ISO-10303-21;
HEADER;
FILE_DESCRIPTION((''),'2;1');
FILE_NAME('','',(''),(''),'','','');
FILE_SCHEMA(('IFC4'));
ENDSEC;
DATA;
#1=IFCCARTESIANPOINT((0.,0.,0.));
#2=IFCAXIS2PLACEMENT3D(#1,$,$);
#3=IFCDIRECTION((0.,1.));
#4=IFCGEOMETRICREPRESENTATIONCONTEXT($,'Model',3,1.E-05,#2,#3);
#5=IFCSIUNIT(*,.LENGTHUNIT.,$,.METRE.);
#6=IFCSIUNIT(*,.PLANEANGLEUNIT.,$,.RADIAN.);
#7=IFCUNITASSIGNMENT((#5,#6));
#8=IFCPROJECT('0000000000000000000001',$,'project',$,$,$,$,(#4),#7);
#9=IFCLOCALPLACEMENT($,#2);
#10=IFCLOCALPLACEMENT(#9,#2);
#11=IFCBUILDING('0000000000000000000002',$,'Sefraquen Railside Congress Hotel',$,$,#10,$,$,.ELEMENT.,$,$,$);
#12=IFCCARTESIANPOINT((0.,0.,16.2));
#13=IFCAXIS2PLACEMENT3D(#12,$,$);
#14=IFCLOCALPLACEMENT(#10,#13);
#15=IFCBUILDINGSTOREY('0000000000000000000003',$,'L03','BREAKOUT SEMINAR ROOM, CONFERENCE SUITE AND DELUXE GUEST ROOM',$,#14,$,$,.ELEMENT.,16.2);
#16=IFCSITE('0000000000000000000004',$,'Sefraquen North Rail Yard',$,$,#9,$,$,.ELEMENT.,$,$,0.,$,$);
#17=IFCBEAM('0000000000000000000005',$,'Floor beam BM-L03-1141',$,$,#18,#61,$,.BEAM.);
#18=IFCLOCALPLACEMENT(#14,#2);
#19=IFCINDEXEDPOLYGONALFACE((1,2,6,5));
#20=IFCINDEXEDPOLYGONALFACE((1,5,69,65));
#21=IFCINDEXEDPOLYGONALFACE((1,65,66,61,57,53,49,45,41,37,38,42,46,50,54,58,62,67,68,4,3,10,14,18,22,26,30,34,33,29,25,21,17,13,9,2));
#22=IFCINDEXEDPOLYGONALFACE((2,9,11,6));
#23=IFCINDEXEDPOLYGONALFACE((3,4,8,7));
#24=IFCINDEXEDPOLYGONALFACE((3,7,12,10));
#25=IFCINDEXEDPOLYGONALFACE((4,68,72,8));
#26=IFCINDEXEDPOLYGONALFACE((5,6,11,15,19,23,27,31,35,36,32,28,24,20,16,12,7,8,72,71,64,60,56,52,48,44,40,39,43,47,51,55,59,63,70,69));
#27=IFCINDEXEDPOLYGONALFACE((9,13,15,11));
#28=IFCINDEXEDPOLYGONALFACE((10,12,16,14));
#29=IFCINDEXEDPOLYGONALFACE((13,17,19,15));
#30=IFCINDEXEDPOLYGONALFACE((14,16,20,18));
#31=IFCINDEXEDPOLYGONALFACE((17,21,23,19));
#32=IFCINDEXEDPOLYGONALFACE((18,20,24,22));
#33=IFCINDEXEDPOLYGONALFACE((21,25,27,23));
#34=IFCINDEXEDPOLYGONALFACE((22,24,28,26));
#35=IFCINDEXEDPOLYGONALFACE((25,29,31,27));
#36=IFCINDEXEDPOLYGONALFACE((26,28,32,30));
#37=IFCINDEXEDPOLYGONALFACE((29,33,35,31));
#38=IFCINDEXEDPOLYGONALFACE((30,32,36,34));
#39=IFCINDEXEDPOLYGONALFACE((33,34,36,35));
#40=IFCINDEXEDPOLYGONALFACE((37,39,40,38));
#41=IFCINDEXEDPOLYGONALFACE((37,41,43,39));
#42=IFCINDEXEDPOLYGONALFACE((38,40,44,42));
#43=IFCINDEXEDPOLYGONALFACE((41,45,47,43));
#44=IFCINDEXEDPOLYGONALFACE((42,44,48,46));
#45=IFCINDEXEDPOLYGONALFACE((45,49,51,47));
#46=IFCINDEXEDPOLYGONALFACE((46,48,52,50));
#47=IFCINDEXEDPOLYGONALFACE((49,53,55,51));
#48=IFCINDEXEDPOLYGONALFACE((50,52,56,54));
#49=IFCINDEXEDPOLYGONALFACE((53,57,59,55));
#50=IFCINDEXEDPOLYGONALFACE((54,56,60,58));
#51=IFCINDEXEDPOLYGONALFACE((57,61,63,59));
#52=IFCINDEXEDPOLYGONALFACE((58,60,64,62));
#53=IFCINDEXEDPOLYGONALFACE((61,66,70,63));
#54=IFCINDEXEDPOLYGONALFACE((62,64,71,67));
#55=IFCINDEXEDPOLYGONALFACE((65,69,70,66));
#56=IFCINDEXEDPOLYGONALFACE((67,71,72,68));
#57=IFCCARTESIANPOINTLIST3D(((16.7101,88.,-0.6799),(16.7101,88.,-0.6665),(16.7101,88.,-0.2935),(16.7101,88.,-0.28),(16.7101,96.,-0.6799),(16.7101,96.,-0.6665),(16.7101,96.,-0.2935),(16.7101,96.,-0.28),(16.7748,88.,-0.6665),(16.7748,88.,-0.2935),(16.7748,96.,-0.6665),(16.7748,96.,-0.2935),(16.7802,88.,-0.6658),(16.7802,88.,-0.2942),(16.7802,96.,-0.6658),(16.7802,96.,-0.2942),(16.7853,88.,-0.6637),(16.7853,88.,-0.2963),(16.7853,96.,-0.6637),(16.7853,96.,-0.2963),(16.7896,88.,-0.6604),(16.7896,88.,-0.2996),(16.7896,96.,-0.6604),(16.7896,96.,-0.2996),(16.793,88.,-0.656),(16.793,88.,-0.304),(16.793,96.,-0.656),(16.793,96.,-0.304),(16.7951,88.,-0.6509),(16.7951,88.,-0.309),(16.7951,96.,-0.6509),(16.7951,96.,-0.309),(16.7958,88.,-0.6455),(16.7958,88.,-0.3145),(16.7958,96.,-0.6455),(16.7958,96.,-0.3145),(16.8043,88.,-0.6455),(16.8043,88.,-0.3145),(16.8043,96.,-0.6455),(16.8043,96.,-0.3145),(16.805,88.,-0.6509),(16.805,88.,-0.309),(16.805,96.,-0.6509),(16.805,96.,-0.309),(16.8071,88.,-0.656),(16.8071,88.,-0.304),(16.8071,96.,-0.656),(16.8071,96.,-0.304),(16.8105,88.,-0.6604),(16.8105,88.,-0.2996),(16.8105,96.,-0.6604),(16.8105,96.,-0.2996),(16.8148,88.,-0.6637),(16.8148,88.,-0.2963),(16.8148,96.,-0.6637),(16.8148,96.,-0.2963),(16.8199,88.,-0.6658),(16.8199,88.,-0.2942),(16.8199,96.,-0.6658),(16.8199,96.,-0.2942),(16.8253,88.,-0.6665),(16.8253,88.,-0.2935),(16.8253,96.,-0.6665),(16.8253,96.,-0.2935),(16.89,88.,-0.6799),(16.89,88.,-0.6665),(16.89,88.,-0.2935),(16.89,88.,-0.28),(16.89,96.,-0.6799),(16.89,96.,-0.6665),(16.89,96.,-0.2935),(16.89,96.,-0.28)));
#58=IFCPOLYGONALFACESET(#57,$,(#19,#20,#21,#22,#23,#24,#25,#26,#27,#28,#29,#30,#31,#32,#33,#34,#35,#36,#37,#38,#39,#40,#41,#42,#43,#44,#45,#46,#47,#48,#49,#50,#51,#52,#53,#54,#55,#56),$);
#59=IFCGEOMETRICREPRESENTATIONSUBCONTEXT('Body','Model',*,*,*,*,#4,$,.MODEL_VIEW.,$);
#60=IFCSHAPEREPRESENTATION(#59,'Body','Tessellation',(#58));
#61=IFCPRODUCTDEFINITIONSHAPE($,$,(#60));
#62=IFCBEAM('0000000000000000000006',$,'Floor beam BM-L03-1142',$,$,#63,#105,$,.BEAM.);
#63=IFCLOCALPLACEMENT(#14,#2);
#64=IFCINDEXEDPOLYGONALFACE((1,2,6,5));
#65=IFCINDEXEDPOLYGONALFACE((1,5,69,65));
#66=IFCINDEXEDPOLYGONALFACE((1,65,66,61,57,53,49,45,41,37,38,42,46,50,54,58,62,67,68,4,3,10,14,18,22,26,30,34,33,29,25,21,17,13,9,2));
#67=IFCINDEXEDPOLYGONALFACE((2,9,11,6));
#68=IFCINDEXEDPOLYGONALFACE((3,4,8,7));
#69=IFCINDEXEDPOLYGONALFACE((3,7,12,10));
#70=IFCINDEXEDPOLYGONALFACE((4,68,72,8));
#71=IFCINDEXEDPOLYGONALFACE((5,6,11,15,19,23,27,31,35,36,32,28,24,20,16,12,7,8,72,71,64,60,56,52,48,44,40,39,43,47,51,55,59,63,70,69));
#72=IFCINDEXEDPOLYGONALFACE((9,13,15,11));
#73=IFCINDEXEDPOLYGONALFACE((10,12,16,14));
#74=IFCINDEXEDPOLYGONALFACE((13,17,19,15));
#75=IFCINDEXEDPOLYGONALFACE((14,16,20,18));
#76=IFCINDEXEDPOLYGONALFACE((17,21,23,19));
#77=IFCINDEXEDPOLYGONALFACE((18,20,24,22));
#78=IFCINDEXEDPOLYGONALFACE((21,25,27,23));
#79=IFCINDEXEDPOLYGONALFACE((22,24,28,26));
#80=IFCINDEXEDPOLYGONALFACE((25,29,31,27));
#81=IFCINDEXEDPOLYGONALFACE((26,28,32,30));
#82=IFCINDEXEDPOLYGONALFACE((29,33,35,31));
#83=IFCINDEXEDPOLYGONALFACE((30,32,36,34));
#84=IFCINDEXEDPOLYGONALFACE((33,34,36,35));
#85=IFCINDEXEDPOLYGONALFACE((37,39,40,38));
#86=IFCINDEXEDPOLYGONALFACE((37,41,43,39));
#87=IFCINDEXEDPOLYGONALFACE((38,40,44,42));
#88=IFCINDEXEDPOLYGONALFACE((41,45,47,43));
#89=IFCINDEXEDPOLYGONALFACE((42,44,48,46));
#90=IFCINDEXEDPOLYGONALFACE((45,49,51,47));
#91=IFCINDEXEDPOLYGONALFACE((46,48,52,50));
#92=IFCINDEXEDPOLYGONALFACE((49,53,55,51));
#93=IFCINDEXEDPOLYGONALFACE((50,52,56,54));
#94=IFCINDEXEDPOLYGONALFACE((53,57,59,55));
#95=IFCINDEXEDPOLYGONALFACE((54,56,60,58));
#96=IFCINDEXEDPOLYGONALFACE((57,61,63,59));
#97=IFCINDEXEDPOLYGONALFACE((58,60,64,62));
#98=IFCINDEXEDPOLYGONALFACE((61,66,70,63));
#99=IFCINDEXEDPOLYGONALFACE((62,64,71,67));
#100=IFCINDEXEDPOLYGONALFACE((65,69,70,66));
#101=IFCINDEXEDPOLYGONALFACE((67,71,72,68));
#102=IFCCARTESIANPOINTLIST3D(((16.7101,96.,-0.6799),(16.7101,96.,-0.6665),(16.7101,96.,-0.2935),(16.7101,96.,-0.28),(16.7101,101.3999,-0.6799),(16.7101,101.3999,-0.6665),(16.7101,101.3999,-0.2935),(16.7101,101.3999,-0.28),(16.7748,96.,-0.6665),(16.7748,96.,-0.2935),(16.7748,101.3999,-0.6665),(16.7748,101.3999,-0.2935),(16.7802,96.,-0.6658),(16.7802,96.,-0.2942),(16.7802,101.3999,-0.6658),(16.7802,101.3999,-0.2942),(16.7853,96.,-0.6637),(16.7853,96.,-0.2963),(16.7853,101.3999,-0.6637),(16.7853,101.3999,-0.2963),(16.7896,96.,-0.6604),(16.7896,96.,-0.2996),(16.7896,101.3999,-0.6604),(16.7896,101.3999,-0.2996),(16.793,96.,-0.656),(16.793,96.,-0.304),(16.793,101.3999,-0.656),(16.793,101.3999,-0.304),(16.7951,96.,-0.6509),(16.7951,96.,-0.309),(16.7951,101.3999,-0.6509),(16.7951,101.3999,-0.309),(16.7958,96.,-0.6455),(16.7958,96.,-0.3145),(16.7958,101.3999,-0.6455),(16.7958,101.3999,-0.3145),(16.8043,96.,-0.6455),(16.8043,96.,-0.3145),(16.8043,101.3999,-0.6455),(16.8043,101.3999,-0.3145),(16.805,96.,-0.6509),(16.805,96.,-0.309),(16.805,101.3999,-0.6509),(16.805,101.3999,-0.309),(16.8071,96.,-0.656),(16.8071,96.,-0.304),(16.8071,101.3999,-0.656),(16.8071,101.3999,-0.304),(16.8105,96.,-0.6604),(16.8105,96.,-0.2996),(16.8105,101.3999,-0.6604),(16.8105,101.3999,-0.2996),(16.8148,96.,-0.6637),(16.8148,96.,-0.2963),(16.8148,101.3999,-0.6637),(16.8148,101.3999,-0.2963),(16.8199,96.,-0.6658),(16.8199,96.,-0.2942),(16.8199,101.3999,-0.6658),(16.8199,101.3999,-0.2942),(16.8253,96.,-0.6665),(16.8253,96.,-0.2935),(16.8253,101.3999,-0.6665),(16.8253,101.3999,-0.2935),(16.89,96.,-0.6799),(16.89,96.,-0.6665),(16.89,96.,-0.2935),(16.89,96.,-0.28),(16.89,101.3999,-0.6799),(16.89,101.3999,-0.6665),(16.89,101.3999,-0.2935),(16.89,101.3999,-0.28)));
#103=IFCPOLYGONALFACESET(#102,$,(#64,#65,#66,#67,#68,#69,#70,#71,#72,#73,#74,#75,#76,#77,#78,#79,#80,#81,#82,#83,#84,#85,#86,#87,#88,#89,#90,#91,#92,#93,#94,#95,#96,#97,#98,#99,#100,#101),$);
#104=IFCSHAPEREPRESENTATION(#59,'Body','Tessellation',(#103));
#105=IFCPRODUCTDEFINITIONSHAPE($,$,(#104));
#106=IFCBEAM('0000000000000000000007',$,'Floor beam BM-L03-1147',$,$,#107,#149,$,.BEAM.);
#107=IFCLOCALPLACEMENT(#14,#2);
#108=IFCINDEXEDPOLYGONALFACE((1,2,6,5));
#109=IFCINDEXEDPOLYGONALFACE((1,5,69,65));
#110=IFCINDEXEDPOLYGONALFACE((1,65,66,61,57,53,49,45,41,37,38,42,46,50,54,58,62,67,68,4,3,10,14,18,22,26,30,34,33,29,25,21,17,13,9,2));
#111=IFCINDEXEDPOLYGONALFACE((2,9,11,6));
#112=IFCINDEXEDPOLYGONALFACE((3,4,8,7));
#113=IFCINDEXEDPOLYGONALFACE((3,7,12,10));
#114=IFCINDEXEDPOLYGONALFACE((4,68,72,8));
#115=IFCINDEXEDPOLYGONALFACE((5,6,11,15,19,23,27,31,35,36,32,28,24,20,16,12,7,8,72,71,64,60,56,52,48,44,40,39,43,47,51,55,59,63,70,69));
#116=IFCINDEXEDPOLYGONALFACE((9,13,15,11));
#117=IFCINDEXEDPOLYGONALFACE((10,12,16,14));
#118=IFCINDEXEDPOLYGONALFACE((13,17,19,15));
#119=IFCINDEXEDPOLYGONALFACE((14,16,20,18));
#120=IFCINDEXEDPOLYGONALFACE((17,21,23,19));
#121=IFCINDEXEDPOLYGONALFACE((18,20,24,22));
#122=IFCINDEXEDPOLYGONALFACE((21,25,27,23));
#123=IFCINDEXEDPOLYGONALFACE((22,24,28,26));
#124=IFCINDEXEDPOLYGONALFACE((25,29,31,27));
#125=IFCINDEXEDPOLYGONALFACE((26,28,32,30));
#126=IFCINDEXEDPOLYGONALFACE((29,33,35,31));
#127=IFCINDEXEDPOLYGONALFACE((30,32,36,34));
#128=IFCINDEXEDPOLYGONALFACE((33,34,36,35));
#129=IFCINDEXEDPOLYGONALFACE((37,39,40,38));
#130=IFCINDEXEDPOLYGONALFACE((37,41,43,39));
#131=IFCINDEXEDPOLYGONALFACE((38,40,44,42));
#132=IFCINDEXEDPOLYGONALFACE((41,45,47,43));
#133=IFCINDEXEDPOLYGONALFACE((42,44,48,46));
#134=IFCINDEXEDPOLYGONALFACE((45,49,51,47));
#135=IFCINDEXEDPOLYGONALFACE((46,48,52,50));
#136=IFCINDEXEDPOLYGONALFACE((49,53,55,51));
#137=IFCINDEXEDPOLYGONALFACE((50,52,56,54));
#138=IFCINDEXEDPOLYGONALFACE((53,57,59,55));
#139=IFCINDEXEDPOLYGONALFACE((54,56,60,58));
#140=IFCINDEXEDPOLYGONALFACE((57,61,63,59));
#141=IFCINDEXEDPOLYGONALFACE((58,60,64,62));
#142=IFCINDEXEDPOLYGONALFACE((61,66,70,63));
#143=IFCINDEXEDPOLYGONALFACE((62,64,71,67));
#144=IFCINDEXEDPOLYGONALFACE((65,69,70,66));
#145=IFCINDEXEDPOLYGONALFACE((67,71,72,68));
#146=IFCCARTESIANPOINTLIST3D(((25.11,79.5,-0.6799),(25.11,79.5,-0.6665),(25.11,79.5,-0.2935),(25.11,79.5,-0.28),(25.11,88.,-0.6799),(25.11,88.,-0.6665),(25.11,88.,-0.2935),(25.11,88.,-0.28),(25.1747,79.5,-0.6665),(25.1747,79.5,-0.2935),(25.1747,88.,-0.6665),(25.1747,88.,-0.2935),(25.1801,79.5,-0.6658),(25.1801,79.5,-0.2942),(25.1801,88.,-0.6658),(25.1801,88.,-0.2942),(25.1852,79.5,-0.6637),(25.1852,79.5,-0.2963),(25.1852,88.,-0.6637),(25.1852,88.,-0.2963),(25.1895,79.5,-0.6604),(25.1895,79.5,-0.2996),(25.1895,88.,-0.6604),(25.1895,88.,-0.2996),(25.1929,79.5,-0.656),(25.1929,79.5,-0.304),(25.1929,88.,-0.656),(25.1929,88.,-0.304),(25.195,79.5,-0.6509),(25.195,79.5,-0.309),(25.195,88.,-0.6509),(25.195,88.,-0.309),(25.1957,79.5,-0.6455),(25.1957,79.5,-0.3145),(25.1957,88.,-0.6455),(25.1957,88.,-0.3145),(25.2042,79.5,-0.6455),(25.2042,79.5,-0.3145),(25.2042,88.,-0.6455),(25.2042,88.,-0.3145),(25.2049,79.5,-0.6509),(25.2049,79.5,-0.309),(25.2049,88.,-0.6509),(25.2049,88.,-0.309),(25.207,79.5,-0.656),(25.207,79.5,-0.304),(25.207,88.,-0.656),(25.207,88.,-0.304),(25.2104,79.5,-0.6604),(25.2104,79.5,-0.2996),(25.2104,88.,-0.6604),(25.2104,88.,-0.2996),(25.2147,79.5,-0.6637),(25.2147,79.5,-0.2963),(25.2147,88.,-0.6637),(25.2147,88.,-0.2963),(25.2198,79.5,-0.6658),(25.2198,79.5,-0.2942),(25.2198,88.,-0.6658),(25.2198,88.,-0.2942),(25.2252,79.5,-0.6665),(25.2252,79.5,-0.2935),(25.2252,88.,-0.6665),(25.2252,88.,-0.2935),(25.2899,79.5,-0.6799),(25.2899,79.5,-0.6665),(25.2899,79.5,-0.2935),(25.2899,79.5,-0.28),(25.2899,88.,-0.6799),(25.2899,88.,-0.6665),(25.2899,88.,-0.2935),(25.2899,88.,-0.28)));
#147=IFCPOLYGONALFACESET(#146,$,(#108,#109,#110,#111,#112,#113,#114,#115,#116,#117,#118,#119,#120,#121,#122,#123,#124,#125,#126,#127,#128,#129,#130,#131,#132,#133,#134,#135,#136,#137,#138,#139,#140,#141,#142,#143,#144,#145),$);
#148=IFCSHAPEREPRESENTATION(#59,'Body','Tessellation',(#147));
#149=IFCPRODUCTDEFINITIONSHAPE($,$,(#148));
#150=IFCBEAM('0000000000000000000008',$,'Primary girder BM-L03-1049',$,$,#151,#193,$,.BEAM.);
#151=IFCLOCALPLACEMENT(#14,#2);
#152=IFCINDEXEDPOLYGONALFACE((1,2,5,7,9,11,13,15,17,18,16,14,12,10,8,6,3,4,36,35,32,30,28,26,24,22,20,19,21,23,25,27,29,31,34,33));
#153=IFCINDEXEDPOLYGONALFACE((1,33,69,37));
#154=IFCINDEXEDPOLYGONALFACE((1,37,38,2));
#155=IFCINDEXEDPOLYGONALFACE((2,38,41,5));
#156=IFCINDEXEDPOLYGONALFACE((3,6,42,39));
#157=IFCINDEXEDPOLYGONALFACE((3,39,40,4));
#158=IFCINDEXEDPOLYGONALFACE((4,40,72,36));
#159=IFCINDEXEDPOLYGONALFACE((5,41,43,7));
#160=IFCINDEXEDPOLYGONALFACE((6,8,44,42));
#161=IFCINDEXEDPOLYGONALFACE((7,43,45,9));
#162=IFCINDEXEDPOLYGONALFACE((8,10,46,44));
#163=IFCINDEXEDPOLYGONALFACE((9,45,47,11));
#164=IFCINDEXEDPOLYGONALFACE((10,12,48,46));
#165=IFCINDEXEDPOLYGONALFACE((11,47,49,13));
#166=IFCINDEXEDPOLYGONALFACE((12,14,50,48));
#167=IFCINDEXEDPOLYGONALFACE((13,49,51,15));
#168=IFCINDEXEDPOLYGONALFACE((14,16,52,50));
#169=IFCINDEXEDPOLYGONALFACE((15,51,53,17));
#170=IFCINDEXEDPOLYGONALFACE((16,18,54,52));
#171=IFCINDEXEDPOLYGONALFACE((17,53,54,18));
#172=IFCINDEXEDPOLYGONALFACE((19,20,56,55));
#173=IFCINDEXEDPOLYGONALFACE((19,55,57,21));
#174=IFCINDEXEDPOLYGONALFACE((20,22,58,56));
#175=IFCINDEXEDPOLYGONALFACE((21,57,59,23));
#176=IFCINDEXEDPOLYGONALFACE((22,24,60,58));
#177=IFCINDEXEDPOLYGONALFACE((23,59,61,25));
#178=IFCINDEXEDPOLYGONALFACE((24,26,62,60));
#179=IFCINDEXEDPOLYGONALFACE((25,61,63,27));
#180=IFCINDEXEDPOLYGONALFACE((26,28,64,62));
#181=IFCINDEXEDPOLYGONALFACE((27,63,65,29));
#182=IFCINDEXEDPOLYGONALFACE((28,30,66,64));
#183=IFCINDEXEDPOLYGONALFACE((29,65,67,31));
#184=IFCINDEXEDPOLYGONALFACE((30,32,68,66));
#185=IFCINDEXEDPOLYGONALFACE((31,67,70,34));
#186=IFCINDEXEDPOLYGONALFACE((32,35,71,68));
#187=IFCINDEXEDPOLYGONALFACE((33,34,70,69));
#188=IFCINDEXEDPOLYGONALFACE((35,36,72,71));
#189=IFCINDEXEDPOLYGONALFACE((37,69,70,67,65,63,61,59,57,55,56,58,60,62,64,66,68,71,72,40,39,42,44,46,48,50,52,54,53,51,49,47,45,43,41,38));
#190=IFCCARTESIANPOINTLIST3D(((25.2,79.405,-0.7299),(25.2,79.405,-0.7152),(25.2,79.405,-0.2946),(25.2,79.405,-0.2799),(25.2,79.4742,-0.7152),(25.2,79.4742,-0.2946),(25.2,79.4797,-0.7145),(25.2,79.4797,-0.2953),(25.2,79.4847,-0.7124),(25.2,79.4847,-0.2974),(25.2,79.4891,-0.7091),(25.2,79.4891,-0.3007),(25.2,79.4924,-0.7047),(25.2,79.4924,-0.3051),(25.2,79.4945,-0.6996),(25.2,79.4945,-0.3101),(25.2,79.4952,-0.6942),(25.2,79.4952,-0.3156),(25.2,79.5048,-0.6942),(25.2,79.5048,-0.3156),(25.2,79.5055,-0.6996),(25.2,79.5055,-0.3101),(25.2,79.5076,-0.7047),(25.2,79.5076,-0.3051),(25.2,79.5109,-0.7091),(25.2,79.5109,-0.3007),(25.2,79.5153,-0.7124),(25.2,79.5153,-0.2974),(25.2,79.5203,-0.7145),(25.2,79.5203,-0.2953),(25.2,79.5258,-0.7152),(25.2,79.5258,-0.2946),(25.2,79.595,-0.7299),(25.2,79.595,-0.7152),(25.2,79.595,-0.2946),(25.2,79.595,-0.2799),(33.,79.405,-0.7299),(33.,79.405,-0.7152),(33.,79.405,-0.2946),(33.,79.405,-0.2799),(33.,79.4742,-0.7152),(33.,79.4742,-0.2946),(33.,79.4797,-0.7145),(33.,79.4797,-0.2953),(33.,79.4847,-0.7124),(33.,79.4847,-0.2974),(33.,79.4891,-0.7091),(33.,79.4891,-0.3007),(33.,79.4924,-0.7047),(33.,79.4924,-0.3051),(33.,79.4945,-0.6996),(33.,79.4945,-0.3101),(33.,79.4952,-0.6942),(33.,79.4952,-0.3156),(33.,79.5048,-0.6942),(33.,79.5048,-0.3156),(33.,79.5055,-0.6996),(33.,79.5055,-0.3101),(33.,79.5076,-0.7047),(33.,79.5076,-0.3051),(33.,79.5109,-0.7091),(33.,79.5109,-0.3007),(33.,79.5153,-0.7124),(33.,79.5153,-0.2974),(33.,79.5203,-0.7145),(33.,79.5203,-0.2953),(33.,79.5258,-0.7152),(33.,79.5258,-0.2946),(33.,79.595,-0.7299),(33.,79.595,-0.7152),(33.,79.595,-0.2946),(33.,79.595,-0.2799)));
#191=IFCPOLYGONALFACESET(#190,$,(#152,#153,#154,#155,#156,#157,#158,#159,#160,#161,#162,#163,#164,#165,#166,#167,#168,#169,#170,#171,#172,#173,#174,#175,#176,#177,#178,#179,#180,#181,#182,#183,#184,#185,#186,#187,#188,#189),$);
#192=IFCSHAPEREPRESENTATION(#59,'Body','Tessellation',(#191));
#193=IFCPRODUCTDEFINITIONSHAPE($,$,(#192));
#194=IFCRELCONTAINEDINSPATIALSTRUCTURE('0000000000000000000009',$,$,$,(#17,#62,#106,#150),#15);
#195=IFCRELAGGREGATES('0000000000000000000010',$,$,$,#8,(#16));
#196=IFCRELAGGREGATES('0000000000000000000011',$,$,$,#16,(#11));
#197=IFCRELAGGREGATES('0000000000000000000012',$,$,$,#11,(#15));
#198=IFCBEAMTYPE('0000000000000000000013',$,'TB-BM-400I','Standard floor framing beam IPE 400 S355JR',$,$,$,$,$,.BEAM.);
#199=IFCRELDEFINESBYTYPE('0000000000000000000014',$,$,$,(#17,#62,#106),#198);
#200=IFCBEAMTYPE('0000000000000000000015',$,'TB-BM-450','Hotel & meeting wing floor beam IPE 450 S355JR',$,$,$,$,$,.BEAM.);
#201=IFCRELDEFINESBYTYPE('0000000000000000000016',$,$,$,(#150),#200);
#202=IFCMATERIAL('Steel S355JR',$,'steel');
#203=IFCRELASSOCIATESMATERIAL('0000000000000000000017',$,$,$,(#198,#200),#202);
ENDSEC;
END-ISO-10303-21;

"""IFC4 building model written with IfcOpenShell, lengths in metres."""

from ifc_helpers import new_model, si_unit, direction, frame, origin, origin_2d, place, context, subcontext, project, spatial, i_section, extrude, material, material_profile, profile_set, type_object, element, save


model = new_model("IFC4")

# Units and contexts
model_context = context("Model", 3, precision=1e-05, world=origin(), true_north=direction((0.0, 1.0)))
body_context = subcontext(model_context, "Body", "Model", "MODEL_VIEW")
ifc_project = project(units=[si_unit("LENGTHUNIT", "METRE"), si_unit("PLANEANGLEUNIT", "RADIAN")], contexts=[model_context])

# Site, building, storey
site_placement = place(None, origin())
site = spatial("IfcSite", under=ifc_project, at=site_placement, Name="Sefraquen North Rail Yard", CompositionType="ELEMENT", RefElevation=0.0)
building_placement = place(site_placement, origin())
building = spatial("IfcBuilding", under=site, at=building_placement, Name="Sefraquen Railside Congress Hotel", CompositionType="ELEMENT")
storey_placement = place(building_placement, frame((0.0, 0.0, 16.2)))
storey = spatial("IfcBuildingStorey", under=building, at=storey_placement, Name="L03", Description="BREAKOUT SEMINAR ROOM, CONFERENCE SUITE AND DELUXE GUEST ROOM", CompositionType="ELEMENT", Elevation=16.2)

# Shared definitions
ifc_material_1 = material(Name="Steel S355JR", Category="steel")

# Beams
ifc_material_profile_1 = material_profile(ifc_material_1, i_section(OverallWidth=0.1799, OverallDepth=0.3999, WebThickness=0.0085, FlangeThickness=0.0134, FilletRadius=0.021, at=origin_2d()), Name="IPE 400")
ifc_profile_set_1 = profile_set([ifc_material_profile_1], Name="Steel S355JR")
beam_type_1 = type_object("IfcBeamType", Name="TB-BM-400I", Description="Standard floor framing beam IPE 400 S355JR", PredefinedType="BEAM", material=ifc_profile_set_1)
beam_1_placement = place(storey_placement, frame((16.8, 88.0, -0.48), z_axis=(0.0, 1.0, 0.0), x_axis=(-1.0, 0.0, 0.0)))
element("IfcBeam", 1, at=beam_1_placement, inside=storey, type_object=beam_type_1, Name="Floor beam BM-L03-1141", PredefinedType="BEAM", context=body_context, shape_type="SweptSolid", body=[
    extrude(i_section(OverallWidth=0.1799, OverallDepth=0.3999, WebThickness=0.0085, FlangeThickness=0.0134, FilletRadius=0.021, at=origin_2d()), origin(), (0.0, 0.0, 1.0), 8.0),
])
beam_2_placement = place(storey_placement, frame((16.8, 96.0, -0.48), z_axis=(0.0, 1.0, 0.0), x_axis=(-1.0, 0.0, 0.0)))
element("IfcBeam", 2, at=beam_2_placement, inside=storey, type_object=beam_type_1, Name="Floor beam BM-L03-1142", PredefinedType="BEAM", context=body_context, shape_type="SweptSolid", body=[
    extrude(i_section(OverallWidth=0.1799, OverallDepth=0.3999, WebThickness=0.0085, FlangeThickness=0.0134, FilletRadius=0.021, at=origin_2d()), origin(), (0.0, 0.0, 1.0), 5.3999),
])
beam_3_placement = place(storey_placement, frame((25.2, 79.5, -0.48), z_axis=(0.0, 1.0, 0.0), x_axis=(-1.0, 0.0, 0.0)))
element("IfcBeam", 3, at=beam_3_placement, inside=storey, type_object=beam_type_1, Name="Floor beam BM-L03-1147", PredefinedType="BEAM", context=body_context, shape_type="SweptSolid", body=[
    extrude(i_section(OverallWidth=0.1799, OverallDepth=0.3999, WebThickness=0.0085, FlangeThickness=0.0134, FilletRadius=0.021, at=origin_2d()), origin(), (0.0, 0.0, 1.0), 8.5),
])
ifc_material_profile_2 = material_profile(ifc_material_1, i_section(OverallWidth=0.1899, OverallDepth=0.45, WebThickness=0.0095, FlangeThickness=0.0146, FilletRadius=0.021, at=origin_2d()), Name="IPE 450")
ifc_profile_set_2 = profile_set([ifc_material_profile_2], Name="Steel S355JR")
beam_type_2 = type_object("IfcBeamType", Name="TB-BM-450", Description="Hotel & meeting wing floor beam IPE 450 S355JR", PredefinedType="BEAM", material=ifc_profile_set_2)
beam_4_placement = place(storey_placement, frame((25.2, 79.5, -0.5049), z_axis=(1.0, 0.0, 0.0), x_axis=(0.0, 1.0, 0.0)))
element("IfcBeam", 4, at=beam_4_placement, inside=storey, type_object=beam_type_2, Name="Primary girder BM-L03-1049", PredefinedType="BEAM", context=body_context, shape_type="SweptSolid", body=[
    extrude(i_section(OverallWidth=0.1899, OverallDepth=0.45, WebThickness=0.0095, FlangeThickness=0.0146, FilletRadius=0.021, at=origin_2d()), origin(), (0.0, 0.0, 1.0), 7.8),
])

save(model, "model.ifc")
